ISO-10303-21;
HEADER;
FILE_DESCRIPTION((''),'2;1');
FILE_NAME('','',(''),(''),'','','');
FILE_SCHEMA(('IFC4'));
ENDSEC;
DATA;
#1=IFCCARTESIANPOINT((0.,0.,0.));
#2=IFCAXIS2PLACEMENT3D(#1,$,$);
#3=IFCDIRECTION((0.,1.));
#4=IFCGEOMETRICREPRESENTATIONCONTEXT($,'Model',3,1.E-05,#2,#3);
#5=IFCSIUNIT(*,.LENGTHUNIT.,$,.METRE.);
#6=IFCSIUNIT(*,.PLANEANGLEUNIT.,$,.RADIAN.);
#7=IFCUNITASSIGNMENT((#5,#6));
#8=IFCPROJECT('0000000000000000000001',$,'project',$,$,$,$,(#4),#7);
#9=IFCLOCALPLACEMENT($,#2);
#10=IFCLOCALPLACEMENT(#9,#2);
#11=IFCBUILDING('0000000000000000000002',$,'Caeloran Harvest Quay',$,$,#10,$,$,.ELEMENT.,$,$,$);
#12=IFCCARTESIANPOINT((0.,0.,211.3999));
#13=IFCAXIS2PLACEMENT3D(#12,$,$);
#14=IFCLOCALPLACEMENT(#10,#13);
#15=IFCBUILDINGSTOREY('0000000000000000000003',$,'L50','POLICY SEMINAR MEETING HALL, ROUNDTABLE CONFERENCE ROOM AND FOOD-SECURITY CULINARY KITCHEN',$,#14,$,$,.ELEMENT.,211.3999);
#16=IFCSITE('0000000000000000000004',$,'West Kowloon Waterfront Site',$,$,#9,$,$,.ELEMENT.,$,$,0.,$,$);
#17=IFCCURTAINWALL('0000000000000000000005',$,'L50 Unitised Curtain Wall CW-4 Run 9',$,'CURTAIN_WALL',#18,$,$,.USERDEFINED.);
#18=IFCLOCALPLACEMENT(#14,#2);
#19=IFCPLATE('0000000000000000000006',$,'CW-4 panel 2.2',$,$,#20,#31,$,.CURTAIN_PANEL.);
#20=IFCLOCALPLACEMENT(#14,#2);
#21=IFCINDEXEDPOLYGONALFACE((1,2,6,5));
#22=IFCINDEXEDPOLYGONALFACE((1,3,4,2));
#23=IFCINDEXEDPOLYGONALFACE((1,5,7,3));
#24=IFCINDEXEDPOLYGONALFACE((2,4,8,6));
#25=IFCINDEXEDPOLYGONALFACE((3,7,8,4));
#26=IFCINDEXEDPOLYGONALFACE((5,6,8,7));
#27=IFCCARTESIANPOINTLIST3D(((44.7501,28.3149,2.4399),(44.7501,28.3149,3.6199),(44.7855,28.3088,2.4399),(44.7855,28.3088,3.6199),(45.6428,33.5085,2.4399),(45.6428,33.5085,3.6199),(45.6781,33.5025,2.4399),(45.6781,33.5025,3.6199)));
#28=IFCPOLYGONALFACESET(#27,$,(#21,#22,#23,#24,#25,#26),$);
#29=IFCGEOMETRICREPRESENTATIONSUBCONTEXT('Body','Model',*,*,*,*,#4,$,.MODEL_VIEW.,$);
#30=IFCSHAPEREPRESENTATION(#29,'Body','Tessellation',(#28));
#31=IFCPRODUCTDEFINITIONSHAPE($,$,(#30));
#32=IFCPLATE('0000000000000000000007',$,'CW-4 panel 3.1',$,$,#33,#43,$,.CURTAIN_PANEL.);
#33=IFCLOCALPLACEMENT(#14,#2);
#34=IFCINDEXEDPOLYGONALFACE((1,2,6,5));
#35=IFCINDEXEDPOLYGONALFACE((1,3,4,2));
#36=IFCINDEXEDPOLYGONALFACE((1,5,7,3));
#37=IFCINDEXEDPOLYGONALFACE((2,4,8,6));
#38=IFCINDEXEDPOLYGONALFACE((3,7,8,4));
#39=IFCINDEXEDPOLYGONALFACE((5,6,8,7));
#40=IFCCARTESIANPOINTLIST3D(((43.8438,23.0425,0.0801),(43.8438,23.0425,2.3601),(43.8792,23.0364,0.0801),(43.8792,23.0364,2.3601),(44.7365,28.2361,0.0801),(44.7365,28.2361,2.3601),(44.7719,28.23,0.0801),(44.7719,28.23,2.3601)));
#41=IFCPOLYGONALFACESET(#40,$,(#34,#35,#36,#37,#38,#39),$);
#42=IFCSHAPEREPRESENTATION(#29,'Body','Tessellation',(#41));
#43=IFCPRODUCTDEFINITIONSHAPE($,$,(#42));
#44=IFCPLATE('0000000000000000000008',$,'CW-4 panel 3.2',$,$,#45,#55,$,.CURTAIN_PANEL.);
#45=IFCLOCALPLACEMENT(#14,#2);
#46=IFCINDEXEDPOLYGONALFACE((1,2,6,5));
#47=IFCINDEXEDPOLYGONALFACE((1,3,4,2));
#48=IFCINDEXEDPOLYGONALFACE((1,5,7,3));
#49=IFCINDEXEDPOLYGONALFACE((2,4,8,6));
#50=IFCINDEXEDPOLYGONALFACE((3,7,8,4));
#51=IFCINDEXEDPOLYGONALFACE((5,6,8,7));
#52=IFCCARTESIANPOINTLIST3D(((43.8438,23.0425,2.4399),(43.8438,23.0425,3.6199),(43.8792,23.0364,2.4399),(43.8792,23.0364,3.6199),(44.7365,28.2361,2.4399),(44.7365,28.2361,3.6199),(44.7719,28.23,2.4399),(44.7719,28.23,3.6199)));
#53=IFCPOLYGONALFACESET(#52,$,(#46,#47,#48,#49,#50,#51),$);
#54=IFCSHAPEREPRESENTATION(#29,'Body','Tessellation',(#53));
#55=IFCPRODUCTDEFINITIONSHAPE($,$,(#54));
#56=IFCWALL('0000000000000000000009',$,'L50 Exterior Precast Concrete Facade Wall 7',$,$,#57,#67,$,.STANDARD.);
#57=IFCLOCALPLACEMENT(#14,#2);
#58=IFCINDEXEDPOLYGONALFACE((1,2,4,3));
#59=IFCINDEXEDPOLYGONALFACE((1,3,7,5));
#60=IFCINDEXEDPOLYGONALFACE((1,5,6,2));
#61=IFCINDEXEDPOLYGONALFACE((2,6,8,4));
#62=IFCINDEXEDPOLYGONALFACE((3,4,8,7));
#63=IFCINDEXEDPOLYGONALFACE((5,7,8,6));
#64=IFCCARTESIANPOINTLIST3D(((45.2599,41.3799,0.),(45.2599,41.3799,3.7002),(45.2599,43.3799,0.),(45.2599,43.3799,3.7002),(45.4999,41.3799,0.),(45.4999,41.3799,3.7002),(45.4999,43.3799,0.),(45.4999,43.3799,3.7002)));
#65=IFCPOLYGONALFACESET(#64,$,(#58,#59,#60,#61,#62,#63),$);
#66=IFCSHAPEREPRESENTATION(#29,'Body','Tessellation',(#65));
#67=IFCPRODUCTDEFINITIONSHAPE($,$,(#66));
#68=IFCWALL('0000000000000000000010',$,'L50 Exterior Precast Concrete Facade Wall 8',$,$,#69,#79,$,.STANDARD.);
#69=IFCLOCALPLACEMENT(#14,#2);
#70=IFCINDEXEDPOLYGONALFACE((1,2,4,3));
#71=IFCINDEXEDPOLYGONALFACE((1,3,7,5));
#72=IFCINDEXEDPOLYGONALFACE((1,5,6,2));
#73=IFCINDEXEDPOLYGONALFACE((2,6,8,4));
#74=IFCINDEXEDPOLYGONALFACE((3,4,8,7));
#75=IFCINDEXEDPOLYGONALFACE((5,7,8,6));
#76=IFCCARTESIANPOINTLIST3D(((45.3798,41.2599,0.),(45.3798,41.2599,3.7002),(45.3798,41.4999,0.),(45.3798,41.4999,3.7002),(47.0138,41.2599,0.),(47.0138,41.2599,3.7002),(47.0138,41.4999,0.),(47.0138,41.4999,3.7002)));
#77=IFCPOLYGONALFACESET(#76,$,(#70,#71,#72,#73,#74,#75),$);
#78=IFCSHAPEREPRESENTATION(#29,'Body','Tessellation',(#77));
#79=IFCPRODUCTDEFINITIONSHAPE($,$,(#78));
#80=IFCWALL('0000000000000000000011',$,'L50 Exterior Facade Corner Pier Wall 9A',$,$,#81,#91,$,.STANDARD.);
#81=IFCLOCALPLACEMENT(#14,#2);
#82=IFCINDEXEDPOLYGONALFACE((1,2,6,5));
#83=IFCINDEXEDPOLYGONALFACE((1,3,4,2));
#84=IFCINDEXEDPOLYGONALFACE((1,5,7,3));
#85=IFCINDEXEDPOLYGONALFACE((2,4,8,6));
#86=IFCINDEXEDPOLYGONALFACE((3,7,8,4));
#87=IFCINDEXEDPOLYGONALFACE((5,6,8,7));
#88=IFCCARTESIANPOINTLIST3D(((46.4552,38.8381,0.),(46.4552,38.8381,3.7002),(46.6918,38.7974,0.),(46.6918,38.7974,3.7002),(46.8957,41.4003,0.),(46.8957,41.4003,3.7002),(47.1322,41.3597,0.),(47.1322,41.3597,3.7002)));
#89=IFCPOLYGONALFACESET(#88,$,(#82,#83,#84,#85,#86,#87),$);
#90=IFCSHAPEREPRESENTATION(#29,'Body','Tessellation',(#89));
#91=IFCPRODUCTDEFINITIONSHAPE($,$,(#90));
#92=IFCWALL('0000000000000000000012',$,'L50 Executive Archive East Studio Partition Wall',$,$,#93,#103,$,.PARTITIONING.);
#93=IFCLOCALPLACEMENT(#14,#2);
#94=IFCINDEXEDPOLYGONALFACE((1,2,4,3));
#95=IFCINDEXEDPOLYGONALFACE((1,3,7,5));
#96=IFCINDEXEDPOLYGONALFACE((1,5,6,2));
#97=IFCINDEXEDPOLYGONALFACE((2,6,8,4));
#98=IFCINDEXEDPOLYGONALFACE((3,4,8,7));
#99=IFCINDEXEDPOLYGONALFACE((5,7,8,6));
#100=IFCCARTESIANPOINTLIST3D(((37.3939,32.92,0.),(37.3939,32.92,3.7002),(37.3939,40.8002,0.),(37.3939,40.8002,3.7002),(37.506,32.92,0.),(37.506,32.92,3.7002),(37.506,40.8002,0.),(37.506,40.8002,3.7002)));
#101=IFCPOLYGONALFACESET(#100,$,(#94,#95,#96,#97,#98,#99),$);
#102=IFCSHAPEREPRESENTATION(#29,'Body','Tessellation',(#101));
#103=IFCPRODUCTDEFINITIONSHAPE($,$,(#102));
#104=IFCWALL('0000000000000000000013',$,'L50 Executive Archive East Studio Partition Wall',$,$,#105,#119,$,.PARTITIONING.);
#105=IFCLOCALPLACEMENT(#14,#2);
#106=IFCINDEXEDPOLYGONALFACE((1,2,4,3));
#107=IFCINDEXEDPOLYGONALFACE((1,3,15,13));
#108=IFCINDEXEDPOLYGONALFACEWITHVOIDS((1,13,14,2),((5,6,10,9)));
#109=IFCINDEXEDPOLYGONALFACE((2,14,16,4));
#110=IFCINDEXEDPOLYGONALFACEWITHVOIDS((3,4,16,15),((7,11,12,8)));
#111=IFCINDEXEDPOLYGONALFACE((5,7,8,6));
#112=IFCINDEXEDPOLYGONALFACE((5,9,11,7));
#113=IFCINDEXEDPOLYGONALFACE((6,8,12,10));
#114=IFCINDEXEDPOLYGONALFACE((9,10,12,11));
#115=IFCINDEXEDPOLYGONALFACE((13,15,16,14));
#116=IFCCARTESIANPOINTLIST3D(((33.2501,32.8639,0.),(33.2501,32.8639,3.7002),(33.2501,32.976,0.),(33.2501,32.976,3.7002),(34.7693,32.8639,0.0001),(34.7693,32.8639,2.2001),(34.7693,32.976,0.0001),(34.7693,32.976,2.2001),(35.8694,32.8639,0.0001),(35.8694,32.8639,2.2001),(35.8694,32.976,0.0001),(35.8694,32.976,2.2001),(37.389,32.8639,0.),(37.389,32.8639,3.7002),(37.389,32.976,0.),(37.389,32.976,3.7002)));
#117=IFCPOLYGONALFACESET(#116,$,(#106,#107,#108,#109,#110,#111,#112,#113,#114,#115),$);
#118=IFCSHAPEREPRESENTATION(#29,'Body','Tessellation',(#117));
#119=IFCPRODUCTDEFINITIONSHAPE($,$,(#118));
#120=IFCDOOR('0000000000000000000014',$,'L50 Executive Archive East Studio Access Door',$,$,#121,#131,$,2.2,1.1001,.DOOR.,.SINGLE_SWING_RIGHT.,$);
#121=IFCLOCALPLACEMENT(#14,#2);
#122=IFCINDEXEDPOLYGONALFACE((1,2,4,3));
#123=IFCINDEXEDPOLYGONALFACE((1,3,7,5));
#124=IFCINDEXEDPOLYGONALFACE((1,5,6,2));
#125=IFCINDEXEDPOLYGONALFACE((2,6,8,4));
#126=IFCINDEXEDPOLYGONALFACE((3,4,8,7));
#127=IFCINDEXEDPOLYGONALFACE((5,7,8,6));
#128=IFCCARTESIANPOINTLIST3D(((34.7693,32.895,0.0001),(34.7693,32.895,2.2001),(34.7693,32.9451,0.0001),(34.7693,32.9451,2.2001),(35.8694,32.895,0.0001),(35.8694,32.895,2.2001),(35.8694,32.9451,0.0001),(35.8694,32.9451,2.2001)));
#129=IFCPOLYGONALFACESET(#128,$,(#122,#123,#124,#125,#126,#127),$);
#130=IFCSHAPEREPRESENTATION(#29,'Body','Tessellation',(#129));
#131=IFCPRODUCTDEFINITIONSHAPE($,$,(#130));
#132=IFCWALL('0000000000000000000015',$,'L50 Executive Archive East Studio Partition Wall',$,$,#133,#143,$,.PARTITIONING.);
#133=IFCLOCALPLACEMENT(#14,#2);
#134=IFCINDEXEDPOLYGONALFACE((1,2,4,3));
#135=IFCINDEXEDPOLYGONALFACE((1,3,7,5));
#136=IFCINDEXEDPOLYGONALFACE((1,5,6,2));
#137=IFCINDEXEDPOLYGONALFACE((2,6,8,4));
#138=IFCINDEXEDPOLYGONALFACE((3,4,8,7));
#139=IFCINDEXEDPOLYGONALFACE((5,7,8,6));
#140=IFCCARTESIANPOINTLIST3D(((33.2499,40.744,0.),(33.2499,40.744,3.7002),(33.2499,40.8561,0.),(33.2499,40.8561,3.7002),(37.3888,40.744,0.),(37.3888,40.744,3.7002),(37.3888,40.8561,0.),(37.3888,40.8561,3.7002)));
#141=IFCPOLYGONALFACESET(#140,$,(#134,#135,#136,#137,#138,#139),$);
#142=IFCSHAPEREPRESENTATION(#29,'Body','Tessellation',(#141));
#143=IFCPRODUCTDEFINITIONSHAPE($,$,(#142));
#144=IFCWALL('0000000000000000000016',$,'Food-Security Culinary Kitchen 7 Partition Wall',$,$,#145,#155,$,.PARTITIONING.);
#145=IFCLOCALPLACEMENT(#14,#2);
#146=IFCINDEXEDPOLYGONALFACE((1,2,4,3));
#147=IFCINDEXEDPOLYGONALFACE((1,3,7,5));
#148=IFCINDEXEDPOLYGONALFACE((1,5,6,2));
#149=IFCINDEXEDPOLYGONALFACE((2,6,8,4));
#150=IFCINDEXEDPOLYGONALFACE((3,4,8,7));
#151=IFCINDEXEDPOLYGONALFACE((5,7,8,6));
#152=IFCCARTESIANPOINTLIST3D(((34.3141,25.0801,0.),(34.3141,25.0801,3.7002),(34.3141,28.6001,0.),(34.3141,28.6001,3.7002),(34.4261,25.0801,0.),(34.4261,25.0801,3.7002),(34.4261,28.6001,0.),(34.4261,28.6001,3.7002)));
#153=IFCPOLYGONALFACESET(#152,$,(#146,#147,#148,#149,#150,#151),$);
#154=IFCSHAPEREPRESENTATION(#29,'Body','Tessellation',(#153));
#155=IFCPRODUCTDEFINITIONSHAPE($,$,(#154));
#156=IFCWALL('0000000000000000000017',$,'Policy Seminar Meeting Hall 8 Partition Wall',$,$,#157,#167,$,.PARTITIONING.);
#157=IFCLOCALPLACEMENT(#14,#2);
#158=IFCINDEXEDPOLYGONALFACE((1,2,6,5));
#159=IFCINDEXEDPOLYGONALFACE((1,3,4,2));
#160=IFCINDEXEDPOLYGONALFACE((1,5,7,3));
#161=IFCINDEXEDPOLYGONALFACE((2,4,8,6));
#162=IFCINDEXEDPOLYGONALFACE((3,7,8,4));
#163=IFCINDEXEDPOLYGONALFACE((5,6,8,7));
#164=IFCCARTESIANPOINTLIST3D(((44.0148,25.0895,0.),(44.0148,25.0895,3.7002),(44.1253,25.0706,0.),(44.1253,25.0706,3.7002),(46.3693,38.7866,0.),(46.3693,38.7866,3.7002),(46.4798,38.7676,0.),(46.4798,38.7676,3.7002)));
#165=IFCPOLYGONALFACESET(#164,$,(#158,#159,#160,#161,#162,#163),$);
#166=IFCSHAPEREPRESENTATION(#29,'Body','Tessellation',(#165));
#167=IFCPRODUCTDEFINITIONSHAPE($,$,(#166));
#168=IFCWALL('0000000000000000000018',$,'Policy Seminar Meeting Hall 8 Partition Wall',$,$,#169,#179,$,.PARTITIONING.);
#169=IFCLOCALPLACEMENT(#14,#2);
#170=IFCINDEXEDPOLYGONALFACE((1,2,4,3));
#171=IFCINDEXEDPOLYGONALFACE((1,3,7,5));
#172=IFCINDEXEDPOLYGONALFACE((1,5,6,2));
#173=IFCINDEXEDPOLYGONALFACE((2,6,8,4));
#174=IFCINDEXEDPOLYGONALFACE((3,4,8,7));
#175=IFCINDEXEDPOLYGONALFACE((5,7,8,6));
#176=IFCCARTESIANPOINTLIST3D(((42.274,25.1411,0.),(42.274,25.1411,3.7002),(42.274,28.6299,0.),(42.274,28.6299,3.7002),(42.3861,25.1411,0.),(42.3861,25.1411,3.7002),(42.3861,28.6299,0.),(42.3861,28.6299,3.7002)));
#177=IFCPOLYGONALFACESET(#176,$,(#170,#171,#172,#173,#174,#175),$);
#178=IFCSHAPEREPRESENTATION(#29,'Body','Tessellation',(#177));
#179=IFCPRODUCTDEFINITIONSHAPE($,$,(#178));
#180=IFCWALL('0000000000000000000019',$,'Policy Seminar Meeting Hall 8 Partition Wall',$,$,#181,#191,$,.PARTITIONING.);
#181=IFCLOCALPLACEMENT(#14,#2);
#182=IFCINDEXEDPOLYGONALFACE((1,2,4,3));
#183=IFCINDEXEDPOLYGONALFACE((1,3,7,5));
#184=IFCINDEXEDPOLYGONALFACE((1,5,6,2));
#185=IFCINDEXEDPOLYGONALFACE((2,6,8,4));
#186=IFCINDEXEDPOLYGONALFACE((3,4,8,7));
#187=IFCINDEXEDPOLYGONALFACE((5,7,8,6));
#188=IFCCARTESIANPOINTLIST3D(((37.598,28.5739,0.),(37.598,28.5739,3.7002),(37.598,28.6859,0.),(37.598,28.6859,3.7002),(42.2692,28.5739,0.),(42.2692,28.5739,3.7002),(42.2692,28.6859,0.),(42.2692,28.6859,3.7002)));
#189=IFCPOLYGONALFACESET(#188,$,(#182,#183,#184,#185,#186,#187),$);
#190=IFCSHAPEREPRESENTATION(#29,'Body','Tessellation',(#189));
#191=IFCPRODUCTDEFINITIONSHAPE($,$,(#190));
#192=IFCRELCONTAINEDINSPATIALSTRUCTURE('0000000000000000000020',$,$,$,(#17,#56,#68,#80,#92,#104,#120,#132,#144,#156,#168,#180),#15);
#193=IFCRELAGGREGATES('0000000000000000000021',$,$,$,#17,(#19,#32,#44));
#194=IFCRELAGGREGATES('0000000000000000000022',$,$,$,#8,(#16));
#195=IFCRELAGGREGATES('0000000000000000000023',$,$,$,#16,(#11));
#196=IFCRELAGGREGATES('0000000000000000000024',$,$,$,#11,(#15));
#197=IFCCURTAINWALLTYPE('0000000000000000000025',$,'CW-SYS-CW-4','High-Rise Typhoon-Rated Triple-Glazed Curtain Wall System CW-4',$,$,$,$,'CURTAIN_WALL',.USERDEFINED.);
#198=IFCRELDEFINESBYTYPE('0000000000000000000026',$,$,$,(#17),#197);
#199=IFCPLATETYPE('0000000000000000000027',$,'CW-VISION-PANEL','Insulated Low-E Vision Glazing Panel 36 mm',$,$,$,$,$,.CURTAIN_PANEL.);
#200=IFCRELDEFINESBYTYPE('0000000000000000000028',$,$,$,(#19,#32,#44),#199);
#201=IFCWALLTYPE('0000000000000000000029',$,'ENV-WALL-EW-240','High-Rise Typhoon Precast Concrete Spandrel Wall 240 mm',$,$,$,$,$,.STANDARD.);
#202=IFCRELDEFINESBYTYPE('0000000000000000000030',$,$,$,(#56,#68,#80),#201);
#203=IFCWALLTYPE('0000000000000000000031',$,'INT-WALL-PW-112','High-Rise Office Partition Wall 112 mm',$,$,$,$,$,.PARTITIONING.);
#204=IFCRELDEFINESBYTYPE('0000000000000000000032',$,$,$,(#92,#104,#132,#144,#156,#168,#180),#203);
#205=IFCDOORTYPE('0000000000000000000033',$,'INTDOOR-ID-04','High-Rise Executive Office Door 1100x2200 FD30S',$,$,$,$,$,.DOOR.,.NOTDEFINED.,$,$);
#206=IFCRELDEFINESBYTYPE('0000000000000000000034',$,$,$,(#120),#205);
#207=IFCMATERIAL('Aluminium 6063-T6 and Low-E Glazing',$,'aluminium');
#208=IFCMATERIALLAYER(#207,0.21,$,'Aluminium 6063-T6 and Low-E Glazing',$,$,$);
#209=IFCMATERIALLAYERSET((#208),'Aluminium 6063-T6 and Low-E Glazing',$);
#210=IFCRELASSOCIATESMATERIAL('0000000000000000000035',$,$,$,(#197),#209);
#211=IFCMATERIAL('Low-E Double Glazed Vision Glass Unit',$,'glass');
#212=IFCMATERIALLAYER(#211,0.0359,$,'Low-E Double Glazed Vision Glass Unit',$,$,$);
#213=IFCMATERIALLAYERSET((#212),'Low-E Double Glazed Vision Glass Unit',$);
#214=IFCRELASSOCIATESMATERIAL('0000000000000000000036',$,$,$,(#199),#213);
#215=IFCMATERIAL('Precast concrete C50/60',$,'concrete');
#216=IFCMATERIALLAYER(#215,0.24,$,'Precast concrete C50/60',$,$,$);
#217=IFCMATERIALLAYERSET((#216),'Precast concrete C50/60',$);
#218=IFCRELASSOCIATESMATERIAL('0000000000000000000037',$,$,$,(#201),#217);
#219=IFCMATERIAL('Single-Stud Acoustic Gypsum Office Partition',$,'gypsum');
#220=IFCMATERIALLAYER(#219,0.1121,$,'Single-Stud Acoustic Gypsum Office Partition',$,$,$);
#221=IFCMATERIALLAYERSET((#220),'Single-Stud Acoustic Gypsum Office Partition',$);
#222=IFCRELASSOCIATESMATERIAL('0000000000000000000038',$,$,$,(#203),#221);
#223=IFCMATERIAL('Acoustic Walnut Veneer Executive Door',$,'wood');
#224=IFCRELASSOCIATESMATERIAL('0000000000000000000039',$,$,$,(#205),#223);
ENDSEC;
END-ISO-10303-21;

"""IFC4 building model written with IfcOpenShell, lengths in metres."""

from ifc_helpers import new_model, si_unit, direction, frame, frame_2d, origin, origin_2d, place, context, subcontext, project, spatial, rectangle, extrude, material, layer, layer_set, type_object, element, fill, aggregate, save


model = new_model("IFC4")

# Units and contexts
model_context = context("Model", 3, precision=1e-05, world=origin(), true_north=direction((0.0, 1.0)))
body_context = subcontext(model_context, "Body", "Model", "MODEL_VIEW")
ifc_project = project(units=[si_unit("LENGTHUNIT", "METRE"), si_unit("PLANEANGLEUNIT", "RADIAN")], contexts=[model_context])

# Site, building, storey
site_placement = place(None, origin())
site = spatial("IfcSite", under=ifc_project, at=site_placement, Name="West Kowloon Waterfront Site", CompositionType="ELEMENT", RefElevation=0.0)
building_placement = place(site_placement, origin())
building = spatial("IfcBuilding", under=site, at=building_placement, Name="Caeloran Harvest Quay", CompositionType="ELEMENT")
storey_placement = place(building_placement, frame((0.0, 0.0, 211.3999)))
storey = spatial("IfcBuildingStorey", under=building, at=storey_placement, Name="L50", Description="POLICY SEMINAR MEETING HALL, ROUNDTABLE CONFERENCE ROOM AND FOOD-SECURITY CULINARY KITCHEN", CompositionType="ELEMENT", Elevation=211.3999)

# Curtain wall, plates
ifc_material_1 = material(Name="Aluminium 6063-T6 and Low-E Glazing", Category="aluminium")
ifc_layer_1 = layer(ifc_material_1, 0.21, Name="Aluminium 6063-T6 and Low-E Glazing")
ifc_layer_set_1 = layer_set([ifc_layer_1], Name="Aluminium 6063-T6 and Low-E Glazing")
curtain_wall_type = type_object("IfcCurtainWallType", Name="CW-SYS-CW-4", Description="High-Rise Typhoon-Rated Triple-Glazed Curtain Wall System CW-4", ElementType="CURTAIN_WALL", PredefinedType="USERDEFINED", material=ifc_layer_set_1)
curtain_wall_placement = place(storey_placement, origin())
curtain_wall = element("IfcCurtainWall", 1, at=curtain_wall_placement, inside=storey, type_object=curtain_wall_type, Name="L50 Unitised Curtain Wall CW-4 Run 9", ObjectType="CURTAIN_WALL", PredefinedType="USERDEFINED")
ifc_material_2 = material(Name="Low-E Double Glazed Vision Glass Unit", Category="glass")
ifc_layer_2 = layer(ifc_material_2, 0.0359, Name="Low-E Double Glazed Vision Glass Unit")
ifc_layer_set_2 = layer_set([ifc_layer_2], Name="Low-E Double Glazed Vision Glass Unit")
plate_type = type_object("IfcPlateType", Name="CW-VISION-PANEL", Description="Insulated Low-E Vision Glazing Panel 36 mm", PredefinedType="CURTAIN_PANEL", material=ifc_layer_set_2)
plate_1_placement = place(storey_placement, frame((45.2141, 30.9087, 2.4399), z_axis=(0.0, 0.0, 1.0), x_axis=(-0.169391, -0.985549, 0.0)))
plate_1 = element("IfcPlate", 2, at=plate_1_placement, type_object=plate_type, Name="CW-4 panel 2.2", PredefinedType="CURTAIN_PANEL", context=body_context, shape_type="SweptSolid", body=[
    extrude(rectangle(XDim=5.2698, YDim=0.0359, at=origin_2d()), origin(), (0.0, 0.0, 1.0), 1.1799),
])
plate_2_placement = place(storey_placement, frame((44.3079, 25.6362, 0.0801), z_axis=(0.0, 0.0, 1.0), x_axis=(-0.169391, -0.985549, 0.0)))
plate_2 = element("IfcPlate", 3, at=plate_2_placement, type_object=plate_type, Name="CW-4 panel 3.1", PredefinedType="CURTAIN_PANEL", context=body_context, shape_type="SweptSolid", body=[
    extrude(rectangle(XDim=5.2698, YDim=0.0359, at=origin_2d()), origin(), (0.0, 0.0, 1.0), 2.28),
])
plate_3_placement = place(storey_placement, frame((44.3079, 25.6362, 2.4399), z_axis=(0.0, 0.0, 1.0), x_axis=(-0.169391, -0.985549, 0.0)))
plate_3 = element("IfcPlate", 4, at=plate_3_placement, type_object=plate_type, Name="CW-4 panel 3.2", PredefinedType="CURTAIN_PANEL", context=body_context, shape_type="SweptSolid", body=[
    extrude(rectangle(XDim=5.2698, YDim=0.0359, at=origin_2d()), origin(), (0.0, 0.0, 1.0), 1.1799),
])
aggregate(curtain_wall, [plate_1, plate_2, plate_3])

# Walls
ifc_material_3 = material(Name="Precast concrete C50/60", Category="concrete")
ifc_layer_3 = layer(ifc_material_3, 0.24, Name="Precast concrete C50/60")
ifc_layer_set_3 = layer_set([ifc_layer_3], Name="Precast concrete C50/60")
wall_type_1 = type_object("IfcWallType", Name="ENV-WALL-EW-240", Description="High-Rise Typhoon Precast Concrete Spandrel Wall 240 mm", PredefinedType="STANDARD", material=ifc_layer_set_3)
wall_1_placement = place(storey_placement, frame((45.3799, 43.3799, 0.0), z_axis=(0.0, 0.0, 1.0), x_axis=(0.0, -1.0, 0.0)))
element("IfcWall", 5, at=wall_1_placement, inside=storey, type_object=wall_type_1, Name="L50 Exterior Precast Concrete Facade Wall 7", PredefinedType="STANDARD", context=body_context, shape_type="SweptSolid", body=[
    extrude(rectangle(XDim=2.0, YDim=0.24, at=frame_2d((1.0, 0.0))), origin(), (0.0, 0.0, 1.0), 3.7002),
])
wall_2_placement = place(storey_placement, frame((45.3799, 41.3799, 0.0), z_axis=(0.0, 0.0, 1.0), x_axis=(1.0, 0.0, 0.0)))
element("IfcWall", 6, at=wall_2_placement, inside=storey, type_object=wall_type_1, Name="L50 Exterior Precast Concrete Facade Wall 8", PredefinedType="STANDARD", context=body_context, shape_type="SweptSolid", body=[
    extrude(rectangle(XDim=1.634, YDim=0.24, at=frame_2d((0.8169, 0.0))), origin(), (0.0, 0.0, 1.0), 3.7002),
])
wall_3_placement = place(storey_placement, frame((47.0139, 41.3799, 0.0), z_axis=(0.0, 0.0, 1.0), x_axis=(-0.169407, -0.985546, 0.0)))
element("IfcWall", 7, at=wall_3_placement, inside=storey, type_object=wall_type_1, Name="L50 Exterior Facade Corner Pier Wall 9A", PredefinedType="STANDARD", context=body_context, shape_type="SweptSolid", body=[
    extrude(rectangle(XDim=2.5999, YDim=0.24, at=frame_2d((1.2998, 0.0))), origin(), (0.0, 0.0, 1.0), 3.7002),
])
ifc_material_4 = material(Name="Single-Stud Acoustic Gypsum Office Partition", Category="gypsum")
ifc_layer_4 = layer(ifc_material_4, 0.1121, Name="Single-Stud Acoustic Gypsum Office Partition")
ifc_layer_set_4 = layer_set([ifc_layer_4], Name="Single-Stud Acoustic Gypsum Office Partition")
wall_type_2 = type_object("IfcWallType", Name="INT-WALL-PW-112", Description="High-Rise Office Partition Wall 112 mm", PredefinedType="PARTITIONING", material=ifc_layer_set_4)
wall_4_placement = place(storey_placement, frame((37.45, 40.8, 0.0), z_axis=(0.0, 0.0, 1.0), x_axis=(0.0, -1.0, 0.0)))
element("IfcWall", 8, at=wall_4_placement, inside=storey, type_object=wall_type_2, Name="L50 Executive Archive East Studio Partition Wall", PredefinedType="PARTITIONING", context=body_context, shape_type="SweptSolid", body=[
    extrude(rectangle(XDim=7.8801, YDim=0.1121, at=frame_2d((3.9399, 0.0))), origin(), (0.0, 0.0, 1.0), 3.7002),
])

# Wall, opening, door
wall_5_placement = place(storey_placement, frame((37.3889, 32.9199, 0.0), z_axis=(0.0, 0.0, 1.0), x_axis=(-1.0, 0.0, 0.0)))
wall_5 = element("IfcWall", 9, at=wall_5_placement, inside=storey, type_object=wall_type_2, Name="L50 Executive Archive East Studio Partition Wall", PredefinedType="PARTITIONING", context=body_context, shape_type="SweptSolid", body=[
    extrude(rectangle(XDim=4.1389, YDim=0.1121, at=frame_2d((2.0693, 0.0))), origin(), (0.0, 0.0, 1.0), 3.7002),
])
opening_1_placement = place(wall_5_placement, frame((1.5195, 0.0, 0.0)))
opening_1 = element("IfcOpeningElement", 10, at=opening_1_placement, cuts=wall_5, PredefinedType="OPENING", context=body_context, shape_type="SweptSolid", body=[
    extrude(rectangle(XDim=1.1001, YDim=2.2, at=frame_2d((0.55, 1.1001))), frame((0.0, 0.0659, 0.0), z_axis=(0.0, -1.0, 0.0), x_axis=(1.0, 0.0, 0.0)), (0.0, 0.0, 1.0), 0.1321),
])
ifc_material_5 = material(Name="Acoustic Walnut Veneer Executive Door", Category="wood")
door_type = type_object("IfcDoorType", Name="INTDOOR-ID-04", Description="High-Rise Executive Office Door 1100x2200 FD30S", OperationType="NOTDEFINED", PredefinedType="DOOR", material=ifc_material_5)
door_1_placement = place(opening_1_placement, origin())
door_1 = element("IfcDoor", 11, at=door_1_placement, inside=storey, type_object=door_type, Name="L50 Executive Archive East Studio Access Door", OperationType="SINGLE_SWING_RIGHT", OverallHeight=2.2, OverallWidth=1.1001, PredefinedType="DOOR", context=body_context, shape_type="SweptSolid", body=[
    extrude(rectangle(XDim=1.1001, YDim=2.2, at=frame_2d((0.55, 1.1001))), frame((0.0, 0.0249, 0.0), z_axis=(0.0, -1.0, 0.0), x_axis=(1.0, 0.0, 0.0)), (0.0, 0.0, 1.0), 0.05),
])
fill(opening_1, door_1)

# Walls
wall_6_placement = place(storey_placement, frame((33.25, 40.8, 0.0), z_axis=(0.0, 0.0, 1.0), x_axis=(1.0, 0.0, 0.0)))
element("IfcWall", 12, at=wall_6_placement, inside=storey, type_object=wall_type_2, Name="L50 Executive Archive East Studio Partition Wall", PredefinedType="PARTITIONING", context=body_context, shape_type="SweptSolid", body=[
    extrude(rectangle(XDim=4.1389, YDim=0.1121, at=frame_2d((2.0693, 0.0))), origin(), (0.0, 0.0, 1.0), 3.7002),
])
wall_7_placement = place(storey_placement, frame((34.3701, 28.6001, 0.0), z_axis=(0.0, 0.0, 1.0), x_axis=(0.0, -1.0, 0.0)))
element("IfcWall", 13, at=wall_7_placement, inside=storey, type_object=wall_type_2, Name="Food-Security Culinary Kitchen 7 Partition Wall", PredefinedType="PARTITIONING", context=body_context, shape_type="SweptSolid", body=[
    extrude(rectangle(XDim=3.52, YDim=0.1121, at=frame_2d((1.76, 0.0))), origin(), (0.0, 0.0, 1.0), 3.7002),
])
wall_8_placement = place(storey_placement, frame((46.4246, 38.7771, 0.0), z_axis=(0.0, 0.0, 1.0), x_axis=(-0.169413, -0.985545, 0.0)))
element("IfcWall", 14, at=wall_8_placement, inside=storey, type_object=wall_type_2, Name="Policy Seminar Meeting Hall 8 Partition Wall", PredefinedType="PARTITIONING", context=body_context, shape_type="SweptSolid", body=[
    extrude(rectangle(XDim=13.8979, YDim=0.1121, at=frame_2d((6.949, 0.0))), origin(), (0.0, 0.0, 1.0), 3.7002),
])
wall_9_placement = place(storey_placement, frame((42.3301, 25.1411, 0.0), z_axis=(0.0, 0.0, 1.0), x_axis=(0.0, 1.0, 0.0)))
element("IfcWall", 15, at=wall_9_placement, inside=storey, type_object=wall_type_2, Name="Policy Seminar Meeting Hall 8 Partition Wall", PredefinedType="PARTITIONING", context=body_context, shape_type="SweptSolid", body=[
    extrude(rectangle(XDim=3.4888, YDim=0.1121, at=frame_2d((1.7444, 0.0))), origin(), (0.0, 0.0, 1.0), 3.7002),
])
wall_10_placement = place(storey_placement, frame((42.269, 28.6299, 0.0), z_axis=(0.0, 0.0, 1.0), x_axis=(-1.0, 0.0, 0.0)))
element("IfcWall", 16, at=wall_10_placement, inside=storey, type_object=wall_type_2, Name="Policy Seminar Meeting Hall 8 Partition Wall", PredefinedType="PARTITIONING", context=body_context, shape_type="SweptSolid", body=[
    extrude(rectangle(XDim=4.6711, YDim=0.1121, at=frame_2d((2.3354, 0.0))), origin(), (0.0, 0.0, 1.0), 3.7002),
])

save(model, "model.ifc")
